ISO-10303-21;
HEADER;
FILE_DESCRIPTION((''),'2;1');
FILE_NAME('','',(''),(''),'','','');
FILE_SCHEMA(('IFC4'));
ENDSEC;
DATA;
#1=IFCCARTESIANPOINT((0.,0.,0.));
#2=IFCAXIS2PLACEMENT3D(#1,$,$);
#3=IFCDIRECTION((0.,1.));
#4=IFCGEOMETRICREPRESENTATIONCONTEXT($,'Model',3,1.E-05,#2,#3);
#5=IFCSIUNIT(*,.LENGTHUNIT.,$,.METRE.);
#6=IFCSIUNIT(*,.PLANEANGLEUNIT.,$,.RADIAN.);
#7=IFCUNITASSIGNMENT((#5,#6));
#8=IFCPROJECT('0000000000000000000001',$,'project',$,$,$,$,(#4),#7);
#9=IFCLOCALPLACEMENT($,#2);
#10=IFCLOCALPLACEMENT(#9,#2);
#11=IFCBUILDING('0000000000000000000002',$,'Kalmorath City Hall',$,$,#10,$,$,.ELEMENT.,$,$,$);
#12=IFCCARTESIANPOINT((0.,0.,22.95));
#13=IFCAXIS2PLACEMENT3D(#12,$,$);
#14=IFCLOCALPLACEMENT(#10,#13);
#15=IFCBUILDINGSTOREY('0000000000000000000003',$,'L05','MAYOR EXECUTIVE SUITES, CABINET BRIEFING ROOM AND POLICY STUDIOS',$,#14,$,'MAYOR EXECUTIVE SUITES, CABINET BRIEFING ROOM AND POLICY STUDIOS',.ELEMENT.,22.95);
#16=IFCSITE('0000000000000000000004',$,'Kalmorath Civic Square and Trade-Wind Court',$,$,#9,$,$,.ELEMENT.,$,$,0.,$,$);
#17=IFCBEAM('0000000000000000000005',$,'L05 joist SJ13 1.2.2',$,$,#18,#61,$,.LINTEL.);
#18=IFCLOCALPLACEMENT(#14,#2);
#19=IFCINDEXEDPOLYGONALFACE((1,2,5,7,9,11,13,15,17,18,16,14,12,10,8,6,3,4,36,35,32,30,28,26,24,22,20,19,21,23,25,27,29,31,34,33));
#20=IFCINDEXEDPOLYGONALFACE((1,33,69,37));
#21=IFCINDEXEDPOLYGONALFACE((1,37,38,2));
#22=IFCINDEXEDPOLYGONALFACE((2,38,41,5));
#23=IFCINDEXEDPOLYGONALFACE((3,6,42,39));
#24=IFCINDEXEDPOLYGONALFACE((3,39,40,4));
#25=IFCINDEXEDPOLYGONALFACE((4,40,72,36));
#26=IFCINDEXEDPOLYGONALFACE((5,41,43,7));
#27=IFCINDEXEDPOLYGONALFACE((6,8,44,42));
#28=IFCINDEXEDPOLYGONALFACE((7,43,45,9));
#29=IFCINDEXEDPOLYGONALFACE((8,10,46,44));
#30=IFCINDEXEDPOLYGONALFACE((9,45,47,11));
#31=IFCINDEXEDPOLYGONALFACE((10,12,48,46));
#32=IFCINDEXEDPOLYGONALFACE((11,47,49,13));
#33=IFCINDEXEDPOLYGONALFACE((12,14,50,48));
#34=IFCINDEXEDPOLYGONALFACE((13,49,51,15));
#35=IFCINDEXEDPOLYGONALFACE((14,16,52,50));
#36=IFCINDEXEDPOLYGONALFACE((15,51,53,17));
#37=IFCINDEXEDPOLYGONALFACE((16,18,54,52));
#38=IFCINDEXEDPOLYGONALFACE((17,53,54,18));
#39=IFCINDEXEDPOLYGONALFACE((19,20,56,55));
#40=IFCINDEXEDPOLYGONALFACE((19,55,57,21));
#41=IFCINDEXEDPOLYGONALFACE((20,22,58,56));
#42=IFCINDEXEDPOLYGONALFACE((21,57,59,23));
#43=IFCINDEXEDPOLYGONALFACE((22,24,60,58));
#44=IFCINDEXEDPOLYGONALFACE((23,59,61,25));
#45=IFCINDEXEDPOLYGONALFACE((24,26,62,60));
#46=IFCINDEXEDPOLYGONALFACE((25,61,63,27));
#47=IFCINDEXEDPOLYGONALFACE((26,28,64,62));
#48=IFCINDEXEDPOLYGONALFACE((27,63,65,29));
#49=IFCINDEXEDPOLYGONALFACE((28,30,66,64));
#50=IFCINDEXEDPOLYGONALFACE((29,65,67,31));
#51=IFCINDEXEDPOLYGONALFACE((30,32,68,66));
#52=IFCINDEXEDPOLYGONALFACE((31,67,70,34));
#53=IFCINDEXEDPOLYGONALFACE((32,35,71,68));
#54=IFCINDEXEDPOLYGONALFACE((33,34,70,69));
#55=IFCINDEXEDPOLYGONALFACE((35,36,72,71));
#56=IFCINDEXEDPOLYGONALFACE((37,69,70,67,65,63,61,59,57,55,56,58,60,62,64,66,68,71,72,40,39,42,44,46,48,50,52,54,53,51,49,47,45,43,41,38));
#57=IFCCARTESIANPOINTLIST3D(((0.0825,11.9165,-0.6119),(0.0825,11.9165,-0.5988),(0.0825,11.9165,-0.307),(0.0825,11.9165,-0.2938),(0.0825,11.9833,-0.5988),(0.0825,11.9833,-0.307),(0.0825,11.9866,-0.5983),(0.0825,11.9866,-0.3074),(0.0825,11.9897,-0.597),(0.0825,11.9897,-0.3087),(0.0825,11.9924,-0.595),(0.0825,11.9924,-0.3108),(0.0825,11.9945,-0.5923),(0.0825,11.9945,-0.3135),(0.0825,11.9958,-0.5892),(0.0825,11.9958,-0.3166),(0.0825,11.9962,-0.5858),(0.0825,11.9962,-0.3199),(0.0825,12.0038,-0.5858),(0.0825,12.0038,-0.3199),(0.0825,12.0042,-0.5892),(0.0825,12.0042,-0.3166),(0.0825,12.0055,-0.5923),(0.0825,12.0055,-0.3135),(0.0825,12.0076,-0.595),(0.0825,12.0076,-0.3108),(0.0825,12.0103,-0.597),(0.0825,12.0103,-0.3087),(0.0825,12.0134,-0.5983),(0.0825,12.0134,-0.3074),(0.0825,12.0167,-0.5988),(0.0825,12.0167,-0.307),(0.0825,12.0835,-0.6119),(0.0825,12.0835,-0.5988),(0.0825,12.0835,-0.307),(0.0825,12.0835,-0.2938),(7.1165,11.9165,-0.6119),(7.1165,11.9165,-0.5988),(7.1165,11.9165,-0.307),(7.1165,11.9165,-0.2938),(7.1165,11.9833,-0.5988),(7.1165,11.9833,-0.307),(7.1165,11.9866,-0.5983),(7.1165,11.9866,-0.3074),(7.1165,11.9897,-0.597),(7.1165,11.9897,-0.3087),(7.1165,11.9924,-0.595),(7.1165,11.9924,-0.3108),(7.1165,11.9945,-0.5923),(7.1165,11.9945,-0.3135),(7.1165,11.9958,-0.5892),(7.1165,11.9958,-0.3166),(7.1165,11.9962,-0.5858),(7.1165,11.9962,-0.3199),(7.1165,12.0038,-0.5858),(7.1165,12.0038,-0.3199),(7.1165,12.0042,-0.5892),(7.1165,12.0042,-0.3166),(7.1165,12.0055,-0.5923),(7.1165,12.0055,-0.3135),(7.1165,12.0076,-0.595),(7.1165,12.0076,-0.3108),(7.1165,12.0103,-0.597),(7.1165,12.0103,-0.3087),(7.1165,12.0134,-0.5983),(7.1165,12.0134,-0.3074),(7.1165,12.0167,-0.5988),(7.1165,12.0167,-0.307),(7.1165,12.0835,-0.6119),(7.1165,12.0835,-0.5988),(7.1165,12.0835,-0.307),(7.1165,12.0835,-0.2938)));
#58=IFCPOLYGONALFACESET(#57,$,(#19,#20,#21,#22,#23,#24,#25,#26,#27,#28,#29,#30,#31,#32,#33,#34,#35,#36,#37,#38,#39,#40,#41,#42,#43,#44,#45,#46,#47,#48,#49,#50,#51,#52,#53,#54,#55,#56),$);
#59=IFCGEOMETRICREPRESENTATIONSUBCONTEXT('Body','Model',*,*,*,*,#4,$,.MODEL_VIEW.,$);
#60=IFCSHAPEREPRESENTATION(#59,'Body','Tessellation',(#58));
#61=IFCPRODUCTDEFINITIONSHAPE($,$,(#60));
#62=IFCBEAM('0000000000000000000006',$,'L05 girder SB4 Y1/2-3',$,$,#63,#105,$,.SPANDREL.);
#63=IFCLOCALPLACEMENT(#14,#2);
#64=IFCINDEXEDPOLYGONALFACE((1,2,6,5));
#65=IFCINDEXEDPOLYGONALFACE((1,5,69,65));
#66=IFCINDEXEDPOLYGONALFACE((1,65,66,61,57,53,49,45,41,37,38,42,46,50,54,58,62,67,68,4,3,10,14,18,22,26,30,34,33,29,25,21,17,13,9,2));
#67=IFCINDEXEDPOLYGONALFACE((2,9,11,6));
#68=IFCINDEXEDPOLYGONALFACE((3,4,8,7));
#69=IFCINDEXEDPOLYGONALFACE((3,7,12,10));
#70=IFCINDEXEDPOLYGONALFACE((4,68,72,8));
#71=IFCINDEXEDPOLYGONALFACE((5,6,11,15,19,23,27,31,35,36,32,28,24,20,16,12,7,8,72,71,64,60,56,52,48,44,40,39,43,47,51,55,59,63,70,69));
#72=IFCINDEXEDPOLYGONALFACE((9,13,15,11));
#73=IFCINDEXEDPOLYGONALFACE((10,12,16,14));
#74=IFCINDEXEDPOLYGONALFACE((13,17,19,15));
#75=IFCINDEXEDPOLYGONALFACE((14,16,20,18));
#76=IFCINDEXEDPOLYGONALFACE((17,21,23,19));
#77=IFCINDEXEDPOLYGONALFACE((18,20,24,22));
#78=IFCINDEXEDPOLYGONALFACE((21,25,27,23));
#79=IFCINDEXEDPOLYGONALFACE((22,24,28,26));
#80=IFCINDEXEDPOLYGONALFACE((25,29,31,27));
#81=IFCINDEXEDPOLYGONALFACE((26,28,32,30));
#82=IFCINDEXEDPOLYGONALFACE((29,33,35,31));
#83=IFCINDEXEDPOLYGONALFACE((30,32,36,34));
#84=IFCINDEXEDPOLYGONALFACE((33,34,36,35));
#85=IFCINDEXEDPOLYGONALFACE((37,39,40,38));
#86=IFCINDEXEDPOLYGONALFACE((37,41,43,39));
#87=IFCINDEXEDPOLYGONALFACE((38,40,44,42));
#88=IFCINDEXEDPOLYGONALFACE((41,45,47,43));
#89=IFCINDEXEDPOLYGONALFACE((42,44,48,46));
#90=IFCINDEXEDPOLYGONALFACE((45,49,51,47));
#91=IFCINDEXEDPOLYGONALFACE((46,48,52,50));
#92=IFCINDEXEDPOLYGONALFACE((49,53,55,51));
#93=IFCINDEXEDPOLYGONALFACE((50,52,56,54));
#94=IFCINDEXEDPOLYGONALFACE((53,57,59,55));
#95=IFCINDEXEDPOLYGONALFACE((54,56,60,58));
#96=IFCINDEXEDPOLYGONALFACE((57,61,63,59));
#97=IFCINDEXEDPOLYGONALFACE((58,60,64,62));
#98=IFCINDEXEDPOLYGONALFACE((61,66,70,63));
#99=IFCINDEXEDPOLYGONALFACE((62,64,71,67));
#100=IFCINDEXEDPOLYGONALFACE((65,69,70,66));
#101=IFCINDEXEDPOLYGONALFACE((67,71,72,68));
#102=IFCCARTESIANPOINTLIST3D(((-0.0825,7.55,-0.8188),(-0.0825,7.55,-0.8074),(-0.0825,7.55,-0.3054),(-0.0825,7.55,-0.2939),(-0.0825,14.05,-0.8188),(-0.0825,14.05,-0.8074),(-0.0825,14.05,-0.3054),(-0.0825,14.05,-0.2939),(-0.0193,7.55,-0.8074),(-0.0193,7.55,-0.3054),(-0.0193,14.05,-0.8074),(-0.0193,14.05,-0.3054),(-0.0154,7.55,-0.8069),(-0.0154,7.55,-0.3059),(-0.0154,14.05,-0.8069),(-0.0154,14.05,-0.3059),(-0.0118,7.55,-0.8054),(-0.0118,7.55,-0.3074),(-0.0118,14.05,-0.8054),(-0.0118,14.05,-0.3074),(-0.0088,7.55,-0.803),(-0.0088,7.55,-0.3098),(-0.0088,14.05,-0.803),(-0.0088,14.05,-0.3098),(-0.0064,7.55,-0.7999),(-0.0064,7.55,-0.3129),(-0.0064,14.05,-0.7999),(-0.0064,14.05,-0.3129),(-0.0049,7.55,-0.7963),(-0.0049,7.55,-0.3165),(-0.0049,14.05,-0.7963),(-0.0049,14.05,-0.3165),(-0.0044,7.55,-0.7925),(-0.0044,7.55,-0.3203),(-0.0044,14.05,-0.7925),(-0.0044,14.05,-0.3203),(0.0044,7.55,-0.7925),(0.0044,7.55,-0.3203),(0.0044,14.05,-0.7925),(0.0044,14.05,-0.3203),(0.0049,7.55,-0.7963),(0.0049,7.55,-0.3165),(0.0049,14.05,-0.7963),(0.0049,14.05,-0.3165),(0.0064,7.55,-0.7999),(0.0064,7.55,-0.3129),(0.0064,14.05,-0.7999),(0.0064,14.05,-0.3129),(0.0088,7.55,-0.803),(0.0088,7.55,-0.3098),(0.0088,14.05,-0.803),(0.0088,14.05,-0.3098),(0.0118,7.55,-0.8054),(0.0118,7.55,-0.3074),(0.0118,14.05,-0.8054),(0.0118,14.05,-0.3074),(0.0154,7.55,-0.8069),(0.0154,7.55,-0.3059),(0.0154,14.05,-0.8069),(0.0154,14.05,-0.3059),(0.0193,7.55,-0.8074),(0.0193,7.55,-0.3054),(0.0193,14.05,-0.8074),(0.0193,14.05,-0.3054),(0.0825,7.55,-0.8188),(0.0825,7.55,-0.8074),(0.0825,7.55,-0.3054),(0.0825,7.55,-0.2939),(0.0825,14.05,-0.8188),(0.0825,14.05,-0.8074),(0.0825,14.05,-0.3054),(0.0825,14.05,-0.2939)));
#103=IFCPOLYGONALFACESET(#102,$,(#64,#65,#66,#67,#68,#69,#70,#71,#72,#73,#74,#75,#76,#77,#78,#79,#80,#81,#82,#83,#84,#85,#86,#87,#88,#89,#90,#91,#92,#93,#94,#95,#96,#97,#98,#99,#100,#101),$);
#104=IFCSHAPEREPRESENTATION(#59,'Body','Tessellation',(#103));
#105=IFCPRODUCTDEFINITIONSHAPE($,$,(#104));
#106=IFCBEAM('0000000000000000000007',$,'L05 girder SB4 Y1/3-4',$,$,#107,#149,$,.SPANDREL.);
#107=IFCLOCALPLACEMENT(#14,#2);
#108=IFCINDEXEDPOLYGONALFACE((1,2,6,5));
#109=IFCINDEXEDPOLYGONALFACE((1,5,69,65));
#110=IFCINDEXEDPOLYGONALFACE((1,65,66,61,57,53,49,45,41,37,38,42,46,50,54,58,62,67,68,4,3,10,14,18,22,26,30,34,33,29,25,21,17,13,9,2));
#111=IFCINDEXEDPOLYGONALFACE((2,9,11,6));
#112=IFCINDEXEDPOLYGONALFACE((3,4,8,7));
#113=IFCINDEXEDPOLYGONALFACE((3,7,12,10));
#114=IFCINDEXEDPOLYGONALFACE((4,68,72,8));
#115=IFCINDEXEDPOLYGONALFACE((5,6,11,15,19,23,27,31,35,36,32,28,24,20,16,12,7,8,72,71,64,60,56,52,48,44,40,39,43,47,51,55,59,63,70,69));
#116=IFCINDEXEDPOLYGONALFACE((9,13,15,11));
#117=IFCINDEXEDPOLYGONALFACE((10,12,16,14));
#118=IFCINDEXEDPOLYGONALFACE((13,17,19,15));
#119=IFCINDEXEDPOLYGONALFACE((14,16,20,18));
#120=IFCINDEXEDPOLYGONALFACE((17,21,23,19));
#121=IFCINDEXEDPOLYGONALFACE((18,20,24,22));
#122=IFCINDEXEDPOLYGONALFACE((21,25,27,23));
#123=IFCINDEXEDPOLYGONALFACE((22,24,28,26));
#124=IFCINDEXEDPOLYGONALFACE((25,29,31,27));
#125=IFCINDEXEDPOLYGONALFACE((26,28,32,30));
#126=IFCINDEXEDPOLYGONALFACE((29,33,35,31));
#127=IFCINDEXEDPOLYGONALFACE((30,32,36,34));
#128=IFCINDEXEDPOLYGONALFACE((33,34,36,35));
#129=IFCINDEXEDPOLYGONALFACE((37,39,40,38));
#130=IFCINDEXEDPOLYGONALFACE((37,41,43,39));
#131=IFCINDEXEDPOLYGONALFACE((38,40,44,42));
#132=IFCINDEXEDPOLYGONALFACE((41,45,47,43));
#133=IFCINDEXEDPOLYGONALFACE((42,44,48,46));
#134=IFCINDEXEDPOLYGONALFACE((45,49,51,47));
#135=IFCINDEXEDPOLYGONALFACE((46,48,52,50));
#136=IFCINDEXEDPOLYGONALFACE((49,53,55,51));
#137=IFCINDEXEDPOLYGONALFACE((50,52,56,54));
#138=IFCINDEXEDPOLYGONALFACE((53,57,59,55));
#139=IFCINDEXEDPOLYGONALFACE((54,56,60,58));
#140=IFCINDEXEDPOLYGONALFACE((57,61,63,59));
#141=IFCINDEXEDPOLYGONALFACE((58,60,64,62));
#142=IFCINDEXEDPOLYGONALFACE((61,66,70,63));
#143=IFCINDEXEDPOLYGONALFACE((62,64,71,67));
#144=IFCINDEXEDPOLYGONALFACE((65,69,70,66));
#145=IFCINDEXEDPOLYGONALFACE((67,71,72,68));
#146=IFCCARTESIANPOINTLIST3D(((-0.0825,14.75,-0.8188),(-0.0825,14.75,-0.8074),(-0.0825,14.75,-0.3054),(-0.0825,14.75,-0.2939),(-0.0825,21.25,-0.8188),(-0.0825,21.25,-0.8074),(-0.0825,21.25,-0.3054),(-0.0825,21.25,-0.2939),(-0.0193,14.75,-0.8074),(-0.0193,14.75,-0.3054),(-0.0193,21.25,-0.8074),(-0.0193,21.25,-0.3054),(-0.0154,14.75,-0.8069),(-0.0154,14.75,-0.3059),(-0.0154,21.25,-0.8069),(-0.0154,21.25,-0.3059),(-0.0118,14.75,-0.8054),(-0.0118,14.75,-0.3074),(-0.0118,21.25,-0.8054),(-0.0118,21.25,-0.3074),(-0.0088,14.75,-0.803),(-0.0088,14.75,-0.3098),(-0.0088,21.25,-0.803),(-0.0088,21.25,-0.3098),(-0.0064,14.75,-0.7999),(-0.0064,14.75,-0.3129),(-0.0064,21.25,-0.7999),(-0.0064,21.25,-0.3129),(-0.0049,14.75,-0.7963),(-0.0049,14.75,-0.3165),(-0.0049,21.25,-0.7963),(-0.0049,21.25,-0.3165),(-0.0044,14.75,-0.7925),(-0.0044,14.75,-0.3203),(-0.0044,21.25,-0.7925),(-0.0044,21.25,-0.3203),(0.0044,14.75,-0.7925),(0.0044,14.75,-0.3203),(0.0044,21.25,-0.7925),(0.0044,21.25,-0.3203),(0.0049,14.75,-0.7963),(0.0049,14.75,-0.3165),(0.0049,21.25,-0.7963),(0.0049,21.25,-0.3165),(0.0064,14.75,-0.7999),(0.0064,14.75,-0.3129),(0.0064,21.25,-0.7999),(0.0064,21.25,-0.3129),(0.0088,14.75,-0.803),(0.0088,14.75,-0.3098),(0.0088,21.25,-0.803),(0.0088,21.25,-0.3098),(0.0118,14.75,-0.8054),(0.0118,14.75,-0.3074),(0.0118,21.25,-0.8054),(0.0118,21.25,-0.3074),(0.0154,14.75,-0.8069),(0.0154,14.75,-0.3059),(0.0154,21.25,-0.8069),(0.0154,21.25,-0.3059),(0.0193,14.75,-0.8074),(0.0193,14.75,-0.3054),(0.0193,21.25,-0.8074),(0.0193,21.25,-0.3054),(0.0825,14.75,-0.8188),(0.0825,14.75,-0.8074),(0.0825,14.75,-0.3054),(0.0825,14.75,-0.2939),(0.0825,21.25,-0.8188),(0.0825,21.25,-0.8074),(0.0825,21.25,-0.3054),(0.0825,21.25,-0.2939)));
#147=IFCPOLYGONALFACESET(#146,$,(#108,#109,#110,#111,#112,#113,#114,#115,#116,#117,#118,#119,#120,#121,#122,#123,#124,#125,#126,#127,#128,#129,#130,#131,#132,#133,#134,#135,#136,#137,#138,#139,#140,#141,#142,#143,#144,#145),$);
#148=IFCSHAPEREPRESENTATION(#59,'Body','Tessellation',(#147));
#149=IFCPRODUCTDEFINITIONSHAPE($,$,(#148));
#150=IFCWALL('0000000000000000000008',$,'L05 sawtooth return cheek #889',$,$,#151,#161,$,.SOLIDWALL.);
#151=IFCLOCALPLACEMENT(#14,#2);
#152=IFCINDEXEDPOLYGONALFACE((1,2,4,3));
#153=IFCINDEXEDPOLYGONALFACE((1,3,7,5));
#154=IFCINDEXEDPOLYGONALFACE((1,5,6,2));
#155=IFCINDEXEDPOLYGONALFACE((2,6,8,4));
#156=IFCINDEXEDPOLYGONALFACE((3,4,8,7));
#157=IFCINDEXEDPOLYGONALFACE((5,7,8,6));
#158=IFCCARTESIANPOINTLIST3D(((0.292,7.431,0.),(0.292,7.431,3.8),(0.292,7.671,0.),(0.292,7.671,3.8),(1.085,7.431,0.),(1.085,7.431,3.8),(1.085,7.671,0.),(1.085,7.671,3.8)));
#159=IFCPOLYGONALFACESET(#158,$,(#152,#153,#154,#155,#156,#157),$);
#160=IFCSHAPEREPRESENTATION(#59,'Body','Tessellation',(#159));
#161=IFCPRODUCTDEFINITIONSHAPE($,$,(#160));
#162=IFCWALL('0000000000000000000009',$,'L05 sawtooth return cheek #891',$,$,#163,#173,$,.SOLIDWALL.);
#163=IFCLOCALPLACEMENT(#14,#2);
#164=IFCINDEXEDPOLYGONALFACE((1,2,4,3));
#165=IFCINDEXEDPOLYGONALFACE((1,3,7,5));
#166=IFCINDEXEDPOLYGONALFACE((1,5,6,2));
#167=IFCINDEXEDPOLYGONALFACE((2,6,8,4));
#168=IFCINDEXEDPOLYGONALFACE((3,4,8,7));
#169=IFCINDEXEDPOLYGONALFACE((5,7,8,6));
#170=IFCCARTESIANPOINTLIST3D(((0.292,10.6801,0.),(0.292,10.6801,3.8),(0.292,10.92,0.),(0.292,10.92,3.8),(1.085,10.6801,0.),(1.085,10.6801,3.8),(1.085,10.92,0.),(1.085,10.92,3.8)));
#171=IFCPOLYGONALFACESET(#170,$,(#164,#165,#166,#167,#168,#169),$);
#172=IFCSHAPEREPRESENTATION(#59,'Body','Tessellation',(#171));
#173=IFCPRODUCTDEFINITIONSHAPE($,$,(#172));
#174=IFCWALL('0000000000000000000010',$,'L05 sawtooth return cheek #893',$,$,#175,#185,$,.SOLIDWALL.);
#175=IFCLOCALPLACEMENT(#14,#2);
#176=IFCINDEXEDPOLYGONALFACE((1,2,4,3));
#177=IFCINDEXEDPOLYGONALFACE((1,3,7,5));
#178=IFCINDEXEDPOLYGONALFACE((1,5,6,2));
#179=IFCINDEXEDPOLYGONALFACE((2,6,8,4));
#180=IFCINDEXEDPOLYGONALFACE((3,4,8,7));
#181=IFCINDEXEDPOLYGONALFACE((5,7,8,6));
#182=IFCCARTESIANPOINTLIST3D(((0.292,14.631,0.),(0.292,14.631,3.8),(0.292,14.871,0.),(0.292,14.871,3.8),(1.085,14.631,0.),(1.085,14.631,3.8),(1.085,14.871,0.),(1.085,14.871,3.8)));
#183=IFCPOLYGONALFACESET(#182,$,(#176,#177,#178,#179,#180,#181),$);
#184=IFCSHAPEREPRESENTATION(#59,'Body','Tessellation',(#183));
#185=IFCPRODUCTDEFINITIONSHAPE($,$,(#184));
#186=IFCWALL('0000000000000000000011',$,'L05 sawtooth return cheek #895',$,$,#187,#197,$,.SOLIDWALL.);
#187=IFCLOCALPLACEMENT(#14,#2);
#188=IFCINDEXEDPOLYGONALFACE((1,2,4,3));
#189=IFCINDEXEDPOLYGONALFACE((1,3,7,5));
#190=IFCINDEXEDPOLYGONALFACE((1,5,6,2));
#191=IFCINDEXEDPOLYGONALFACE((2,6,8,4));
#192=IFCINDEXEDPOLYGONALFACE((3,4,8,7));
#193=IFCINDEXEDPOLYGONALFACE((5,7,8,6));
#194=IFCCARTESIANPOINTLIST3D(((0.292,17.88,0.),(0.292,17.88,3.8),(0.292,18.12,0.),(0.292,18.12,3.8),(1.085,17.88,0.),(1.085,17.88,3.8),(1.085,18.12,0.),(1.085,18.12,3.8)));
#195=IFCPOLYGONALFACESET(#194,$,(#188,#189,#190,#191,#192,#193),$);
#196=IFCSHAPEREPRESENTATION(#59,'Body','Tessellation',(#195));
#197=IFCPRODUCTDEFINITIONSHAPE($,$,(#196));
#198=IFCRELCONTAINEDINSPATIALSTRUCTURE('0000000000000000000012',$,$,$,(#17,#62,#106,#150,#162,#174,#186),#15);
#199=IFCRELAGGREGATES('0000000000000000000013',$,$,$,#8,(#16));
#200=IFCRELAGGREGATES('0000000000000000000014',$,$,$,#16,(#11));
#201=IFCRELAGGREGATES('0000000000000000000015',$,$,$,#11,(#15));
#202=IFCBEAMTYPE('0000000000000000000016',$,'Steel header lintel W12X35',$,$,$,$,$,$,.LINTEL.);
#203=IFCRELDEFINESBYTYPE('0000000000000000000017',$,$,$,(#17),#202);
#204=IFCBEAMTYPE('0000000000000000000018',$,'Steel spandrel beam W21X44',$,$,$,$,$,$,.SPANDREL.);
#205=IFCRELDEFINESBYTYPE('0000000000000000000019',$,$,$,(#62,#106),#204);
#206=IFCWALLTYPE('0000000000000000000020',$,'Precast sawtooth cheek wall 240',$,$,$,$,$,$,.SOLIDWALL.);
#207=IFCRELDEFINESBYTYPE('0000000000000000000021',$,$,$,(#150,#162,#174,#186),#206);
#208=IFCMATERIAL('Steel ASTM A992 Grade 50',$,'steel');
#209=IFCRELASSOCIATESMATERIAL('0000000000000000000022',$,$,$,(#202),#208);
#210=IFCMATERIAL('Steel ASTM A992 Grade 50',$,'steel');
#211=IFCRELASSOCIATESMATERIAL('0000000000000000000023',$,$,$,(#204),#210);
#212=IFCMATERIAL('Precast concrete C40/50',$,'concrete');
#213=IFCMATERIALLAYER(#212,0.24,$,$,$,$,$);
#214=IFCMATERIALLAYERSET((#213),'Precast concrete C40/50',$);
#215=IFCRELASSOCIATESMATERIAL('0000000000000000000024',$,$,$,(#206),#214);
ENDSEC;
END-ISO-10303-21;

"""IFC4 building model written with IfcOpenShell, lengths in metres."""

from ifc_helpers import new_model, si_unit, direction, frame, frame_2d, origin, origin_2d, place, context, subcontext, project, spatial, rectangle, i_section, extrude, material, layer, layer_set, material_profile, profile_set, type_object, element, save


model = new_model("IFC4")

# Units and contexts
model_context = context("Model", 3, precision=1e-05, world=origin(), true_north=direction((0.0, 1.0)))
body_context = subcontext(model_context, "Body", "Model", "MODEL_VIEW")
ifc_project = project(units=[si_unit("LENGTHUNIT", "METRE"), si_unit("PLANEANGLEUNIT", "RADIAN")], contexts=[model_context])

# Site, building, storey
site_placement = place(None, origin())
site = spatial("IfcSite", under=ifc_project, at=site_placement, Name="Kalmorath Civic Square and Trade-Wind Court", CompositionType="ELEMENT", RefElevation=0.0)
building_placement = place(site_placement, origin())
building = spatial("IfcBuilding", under=site, at=building_placement, Name="Kalmorath City Hall", CompositionType="ELEMENT")
storey_placement = place(building_placement, frame((0.0, 0.0, 22.95)))
storey = spatial("IfcBuildingStorey", under=building, at=storey_placement, Name="L05", Description="MAYOR EXECUTIVE SUITES, CABINET BRIEFING ROOM AND POLICY STUDIOS", LongName="MAYOR EXECUTIVE SUITES, CABINET BRIEFING ROOM AND POLICY STUDIOS", CompositionType="ELEMENT", Elevation=22.95)

# Beams
ifc_material_1 = material(Name="Steel ASTM A992 Grade 50", Category="steel")
ifc_material_profile_1 = material_profile(ifc_material_1, i_section(OverallWidth=0.167, OverallDepth=0.3181, WebThickness=0.0076, FlangeThickness=0.0132, FilletRadius=0.0129, at=origin_2d()), Name="W12X35")
ifc_profile_set_1 = profile_set([ifc_material_profile_1], Name="Steel ASTM A992 Grade 50")
beam_type_1 = type_object("IfcBeamType", Name="Steel header lintel W12X35", PredefinedType="LINTEL", material=ifc_profile_set_1)
for number, where, z_axis, x_axis, name in (
    (1, (0.0825, 12.0, -0.4529), (1.0, 0.0, 0.0), (0.0, 1.0, 0.0), "L05 joist SJ13 1.2.2"),
):
    element("IfcBeam", number, at=place(storey_placement, frame(where, z_axis=z_axis, x_axis=x_axis)), inside=storey, type_object=beam_type_1, Name=name, PredefinedType="LINTEL", context=body_context, shape_type="SweptSolid", body=[
        extrude(i_section(OverallWidth=0.167, OverallDepth=0.3181, WebThickness=0.0076, FlangeThickness=0.0132, FilletRadius=0.0129, at=origin_2d()), origin(), (0.0, 0.0, 1.0), 7.0339),
    ])
ifc_material_2 = material(Name="Steel ASTM A992 Grade 50", Category="steel")
ifc_material_profile_2 = material_profile(ifc_material_2, i_section(OverallWidth=0.165, OverallDepth=0.5249, WebThickness=0.0088, FlangeThickness=0.0115, FilletRadius=0.0149, at=origin_2d()), Name="W21X44")
ifc_profile_set_2 = profile_set([ifc_material_profile_2], Name="Steel ASTM A992 Grade 50")
beam_type_2 = type_object("IfcBeamType", Name="Steel spandrel beam W21X44", PredefinedType="SPANDREL", material=ifc_profile_set_2)
for number, where, z_axis, x_axis, name in (
    (2, (0.0, 7.55, -0.5564), (0.0, 1.0, 0.0), (-1.0, 0.0, 0.0), "L05 girder SB4 Y1/2-3"),
    (3, (0.0, 14.75, -0.5564), (0.0, 1.0, 0.0), (-1.0, 0.0, 0.0), "L05 girder SB4 Y1/3-4"),
):
    element("IfcBeam", number, at=place(storey_placement, frame(where, z_axis=z_axis, x_axis=x_axis)), inside=storey, type_object=beam_type_2, Name=name, PredefinedType="SPANDREL", context=body_context, shape_type="SweptSolid", body=[
        extrude(i_section(OverallWidth=0.165, OverallDepth=0.5249, WebThickness=0.0088, FlangeThickness=0.0115, FilletRadius=0.0149, at=origin_2d()), origin(), (0.0, 0.0, 1.0), 6.5),
    ])

# Walls
ifc_material_3 = material(Name="Precast concrete C40/50", Category="concrete")
ifc_layer_1 = layer(ifc_material_3, 0.24)
ifc_layer_set_1 = layer_set([ifc_layer_1], Name="Precast concrete C40/50")
wall_type_1 = type_object("IfcWallType", Name="Precast sawtooth cheek wall 240", PredefinedType="SOLIDWALL", material=ifc_layer_set_1)
for number, where, z_axis, x_axis, name in (
    (4, (1.085, 7.551, 0.0), (0.0, 0.0, 1.0), (-1.0, 0.0, 0.0), "L05 sawtooth return cheek #889"),
    (5, (1.085, 10.8, 0.0), (0.0, 0.0, 1.0), (-1.0, 0.0, 0.0), "L05 sawtooth return cheek #891"),
    (6, (1.085, 14.751, 0.0), (0.0, 0.0, 1.0), (-1.0, 0.0, 0.0), "L05 sawtooth return cheek #893"),
    (7, (1.085, 18.0, 0.0), (0.0, 0.0, 1.0), (-1.0, 0.0, 0.0), "L05 sawtooth return cheek #895"),
):
    element("IfcWall", number, at=place(storey_placement, frame(where, z_axis=z_axis, x_axis=x_axis)), inside=storey, type_object=wall_type_1, Name=name, PredefinedType="SOLIDWALL", context=body_context, shape_type="SweptSolid", body=[
        extrude(rectangle(XDim=0.793, YDim=0.24, at=frame_2d((0.3965, 0.0))), origin(), (0.0, 0.0, 1.0), 3.8),
    ])

save(model, "model.ifc")
